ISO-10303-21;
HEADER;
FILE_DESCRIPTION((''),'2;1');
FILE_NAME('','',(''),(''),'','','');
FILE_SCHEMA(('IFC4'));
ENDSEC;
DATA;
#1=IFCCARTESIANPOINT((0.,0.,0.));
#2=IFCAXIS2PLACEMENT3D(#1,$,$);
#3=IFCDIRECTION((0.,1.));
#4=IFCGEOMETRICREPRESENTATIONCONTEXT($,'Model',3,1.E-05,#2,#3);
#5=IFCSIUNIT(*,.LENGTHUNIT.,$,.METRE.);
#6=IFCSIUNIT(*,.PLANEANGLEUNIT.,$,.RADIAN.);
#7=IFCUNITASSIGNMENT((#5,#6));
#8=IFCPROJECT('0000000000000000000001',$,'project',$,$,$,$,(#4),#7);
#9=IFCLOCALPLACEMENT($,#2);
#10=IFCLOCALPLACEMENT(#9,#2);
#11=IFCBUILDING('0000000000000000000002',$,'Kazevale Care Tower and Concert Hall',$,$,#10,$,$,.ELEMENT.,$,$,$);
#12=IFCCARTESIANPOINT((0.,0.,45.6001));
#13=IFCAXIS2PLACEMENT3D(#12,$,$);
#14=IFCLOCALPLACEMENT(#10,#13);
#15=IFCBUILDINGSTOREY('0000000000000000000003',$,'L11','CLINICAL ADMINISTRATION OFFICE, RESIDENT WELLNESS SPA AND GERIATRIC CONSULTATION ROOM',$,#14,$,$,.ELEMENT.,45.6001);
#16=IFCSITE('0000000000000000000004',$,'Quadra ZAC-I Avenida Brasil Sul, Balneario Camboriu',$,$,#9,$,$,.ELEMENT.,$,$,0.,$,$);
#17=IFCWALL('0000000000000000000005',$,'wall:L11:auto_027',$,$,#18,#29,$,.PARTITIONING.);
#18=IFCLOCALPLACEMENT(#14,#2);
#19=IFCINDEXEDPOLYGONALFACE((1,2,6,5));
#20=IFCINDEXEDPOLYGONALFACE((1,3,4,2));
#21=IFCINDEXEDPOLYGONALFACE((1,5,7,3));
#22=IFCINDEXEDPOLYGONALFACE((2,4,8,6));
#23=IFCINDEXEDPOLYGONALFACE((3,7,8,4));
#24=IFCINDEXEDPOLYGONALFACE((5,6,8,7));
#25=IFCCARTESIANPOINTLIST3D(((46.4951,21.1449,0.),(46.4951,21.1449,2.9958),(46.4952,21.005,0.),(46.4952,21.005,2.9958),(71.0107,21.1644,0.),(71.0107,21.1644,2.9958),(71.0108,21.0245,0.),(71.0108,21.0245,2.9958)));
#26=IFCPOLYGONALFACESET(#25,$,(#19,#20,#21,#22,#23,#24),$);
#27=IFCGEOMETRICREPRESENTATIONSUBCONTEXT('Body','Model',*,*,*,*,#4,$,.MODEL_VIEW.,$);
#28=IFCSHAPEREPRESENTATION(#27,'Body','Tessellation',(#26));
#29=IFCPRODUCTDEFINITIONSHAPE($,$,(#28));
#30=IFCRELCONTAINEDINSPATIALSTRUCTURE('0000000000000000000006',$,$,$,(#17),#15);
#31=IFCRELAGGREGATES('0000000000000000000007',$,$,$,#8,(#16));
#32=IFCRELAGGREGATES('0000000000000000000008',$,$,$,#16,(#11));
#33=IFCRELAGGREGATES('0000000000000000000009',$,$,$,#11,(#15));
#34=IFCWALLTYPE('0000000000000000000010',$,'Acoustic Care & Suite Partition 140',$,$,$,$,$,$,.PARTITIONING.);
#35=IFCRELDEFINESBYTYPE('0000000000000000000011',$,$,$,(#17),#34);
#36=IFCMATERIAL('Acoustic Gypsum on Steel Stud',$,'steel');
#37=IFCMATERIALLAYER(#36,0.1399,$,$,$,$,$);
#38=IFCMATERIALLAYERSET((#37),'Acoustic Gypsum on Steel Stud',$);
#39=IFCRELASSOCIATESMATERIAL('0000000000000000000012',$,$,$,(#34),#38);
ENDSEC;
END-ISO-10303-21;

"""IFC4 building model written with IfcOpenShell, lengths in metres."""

from ifc_helpers import new_model, si_unit, direction, frame, frame_2d, origin, place, context, subcontext, project, spatial, rectangle, extrude, material, layer, layer_set, type_object, element, save


model = new_model("IFC4")

# Units and contexts
model_context = context("Model", 3, precision=1e-05, world=origin(), true_north=direction((0.0, 1.0)))
body_context = subcontext(model_context, "Body", "Model", "MODEL_VIEW")
ifc_project = project(units=[si_unit("LENGTHUNIT", "METRE"), si_unit("PLANEANGLEUNIT", "RADIAN")], contexts=[model_context])

# Site, building, storey
site_placement = place(None, origin())
site = spatial("IfcSite", under=ifc_project, at=site_placement, Name="Quadra ZAC-I Avenida Brasil Sul, Balneario Camboriu", CompositionType="ELEMENT", RefElevation=0.0)
building_placement = place(site_placement, origin())
building = spatial("IfcBuilding", under=site, at=building_placement, Name="Kazevale Care Tower and Concert Hall", CompositionType="ELEMENT")
storey_placement = place(building_placement, frame((0.0, 0.0, 45.6001)))
storey = spatial("IfcBuildingStorey", under=building, at=storey_placement, Name="L11", Description="CLINICAL ADMINISTRATION OFFICE, RESIDENT WELLNESS SPA AND GERIATRIC CONSULTATION ROOM", CompositionType="ELEMENT", Elevation=45.6001)

# Wall
ifc_material_1 = material(Name="Acoustic Gypsum on Steel Stud", Category="steel")
ifc_layer_1 = layer(ifc_material_1, 0.1399)
ifc_layer_set_1 = layer_set([ifc_layer_1], Name="Acoustic Gypsum on Steel Stud")
wall_type = type_object("IfcWallType", Name="Acoustic Care & Suite Partition 140", PredefinedType="PARTITIONING", material=ifc_layer_set_1)
wall_placement = place(storey_placement, frame((71.0107, 21.0945, 0.0), z_axis=(0.0, 0.0, 1.0), x_axis=(-1.0, -0.000797, 0.0)))
element("IfcWall", 1, at=wall_placement, inside=storey, type_object=wall_type, Name="wall:L11:auto_027", PredefinedType="PARTITIONING", context=body_context, shape_type="SweptSolid", body=[
    extrude(rectangle(XDim=24.5156, YDim=0.1399, at=frame_2d((12.2578, 0.0))), origin(), (0.0, 0.0, 1.0), 2.9958),
])

save(model, "model.ifc")
